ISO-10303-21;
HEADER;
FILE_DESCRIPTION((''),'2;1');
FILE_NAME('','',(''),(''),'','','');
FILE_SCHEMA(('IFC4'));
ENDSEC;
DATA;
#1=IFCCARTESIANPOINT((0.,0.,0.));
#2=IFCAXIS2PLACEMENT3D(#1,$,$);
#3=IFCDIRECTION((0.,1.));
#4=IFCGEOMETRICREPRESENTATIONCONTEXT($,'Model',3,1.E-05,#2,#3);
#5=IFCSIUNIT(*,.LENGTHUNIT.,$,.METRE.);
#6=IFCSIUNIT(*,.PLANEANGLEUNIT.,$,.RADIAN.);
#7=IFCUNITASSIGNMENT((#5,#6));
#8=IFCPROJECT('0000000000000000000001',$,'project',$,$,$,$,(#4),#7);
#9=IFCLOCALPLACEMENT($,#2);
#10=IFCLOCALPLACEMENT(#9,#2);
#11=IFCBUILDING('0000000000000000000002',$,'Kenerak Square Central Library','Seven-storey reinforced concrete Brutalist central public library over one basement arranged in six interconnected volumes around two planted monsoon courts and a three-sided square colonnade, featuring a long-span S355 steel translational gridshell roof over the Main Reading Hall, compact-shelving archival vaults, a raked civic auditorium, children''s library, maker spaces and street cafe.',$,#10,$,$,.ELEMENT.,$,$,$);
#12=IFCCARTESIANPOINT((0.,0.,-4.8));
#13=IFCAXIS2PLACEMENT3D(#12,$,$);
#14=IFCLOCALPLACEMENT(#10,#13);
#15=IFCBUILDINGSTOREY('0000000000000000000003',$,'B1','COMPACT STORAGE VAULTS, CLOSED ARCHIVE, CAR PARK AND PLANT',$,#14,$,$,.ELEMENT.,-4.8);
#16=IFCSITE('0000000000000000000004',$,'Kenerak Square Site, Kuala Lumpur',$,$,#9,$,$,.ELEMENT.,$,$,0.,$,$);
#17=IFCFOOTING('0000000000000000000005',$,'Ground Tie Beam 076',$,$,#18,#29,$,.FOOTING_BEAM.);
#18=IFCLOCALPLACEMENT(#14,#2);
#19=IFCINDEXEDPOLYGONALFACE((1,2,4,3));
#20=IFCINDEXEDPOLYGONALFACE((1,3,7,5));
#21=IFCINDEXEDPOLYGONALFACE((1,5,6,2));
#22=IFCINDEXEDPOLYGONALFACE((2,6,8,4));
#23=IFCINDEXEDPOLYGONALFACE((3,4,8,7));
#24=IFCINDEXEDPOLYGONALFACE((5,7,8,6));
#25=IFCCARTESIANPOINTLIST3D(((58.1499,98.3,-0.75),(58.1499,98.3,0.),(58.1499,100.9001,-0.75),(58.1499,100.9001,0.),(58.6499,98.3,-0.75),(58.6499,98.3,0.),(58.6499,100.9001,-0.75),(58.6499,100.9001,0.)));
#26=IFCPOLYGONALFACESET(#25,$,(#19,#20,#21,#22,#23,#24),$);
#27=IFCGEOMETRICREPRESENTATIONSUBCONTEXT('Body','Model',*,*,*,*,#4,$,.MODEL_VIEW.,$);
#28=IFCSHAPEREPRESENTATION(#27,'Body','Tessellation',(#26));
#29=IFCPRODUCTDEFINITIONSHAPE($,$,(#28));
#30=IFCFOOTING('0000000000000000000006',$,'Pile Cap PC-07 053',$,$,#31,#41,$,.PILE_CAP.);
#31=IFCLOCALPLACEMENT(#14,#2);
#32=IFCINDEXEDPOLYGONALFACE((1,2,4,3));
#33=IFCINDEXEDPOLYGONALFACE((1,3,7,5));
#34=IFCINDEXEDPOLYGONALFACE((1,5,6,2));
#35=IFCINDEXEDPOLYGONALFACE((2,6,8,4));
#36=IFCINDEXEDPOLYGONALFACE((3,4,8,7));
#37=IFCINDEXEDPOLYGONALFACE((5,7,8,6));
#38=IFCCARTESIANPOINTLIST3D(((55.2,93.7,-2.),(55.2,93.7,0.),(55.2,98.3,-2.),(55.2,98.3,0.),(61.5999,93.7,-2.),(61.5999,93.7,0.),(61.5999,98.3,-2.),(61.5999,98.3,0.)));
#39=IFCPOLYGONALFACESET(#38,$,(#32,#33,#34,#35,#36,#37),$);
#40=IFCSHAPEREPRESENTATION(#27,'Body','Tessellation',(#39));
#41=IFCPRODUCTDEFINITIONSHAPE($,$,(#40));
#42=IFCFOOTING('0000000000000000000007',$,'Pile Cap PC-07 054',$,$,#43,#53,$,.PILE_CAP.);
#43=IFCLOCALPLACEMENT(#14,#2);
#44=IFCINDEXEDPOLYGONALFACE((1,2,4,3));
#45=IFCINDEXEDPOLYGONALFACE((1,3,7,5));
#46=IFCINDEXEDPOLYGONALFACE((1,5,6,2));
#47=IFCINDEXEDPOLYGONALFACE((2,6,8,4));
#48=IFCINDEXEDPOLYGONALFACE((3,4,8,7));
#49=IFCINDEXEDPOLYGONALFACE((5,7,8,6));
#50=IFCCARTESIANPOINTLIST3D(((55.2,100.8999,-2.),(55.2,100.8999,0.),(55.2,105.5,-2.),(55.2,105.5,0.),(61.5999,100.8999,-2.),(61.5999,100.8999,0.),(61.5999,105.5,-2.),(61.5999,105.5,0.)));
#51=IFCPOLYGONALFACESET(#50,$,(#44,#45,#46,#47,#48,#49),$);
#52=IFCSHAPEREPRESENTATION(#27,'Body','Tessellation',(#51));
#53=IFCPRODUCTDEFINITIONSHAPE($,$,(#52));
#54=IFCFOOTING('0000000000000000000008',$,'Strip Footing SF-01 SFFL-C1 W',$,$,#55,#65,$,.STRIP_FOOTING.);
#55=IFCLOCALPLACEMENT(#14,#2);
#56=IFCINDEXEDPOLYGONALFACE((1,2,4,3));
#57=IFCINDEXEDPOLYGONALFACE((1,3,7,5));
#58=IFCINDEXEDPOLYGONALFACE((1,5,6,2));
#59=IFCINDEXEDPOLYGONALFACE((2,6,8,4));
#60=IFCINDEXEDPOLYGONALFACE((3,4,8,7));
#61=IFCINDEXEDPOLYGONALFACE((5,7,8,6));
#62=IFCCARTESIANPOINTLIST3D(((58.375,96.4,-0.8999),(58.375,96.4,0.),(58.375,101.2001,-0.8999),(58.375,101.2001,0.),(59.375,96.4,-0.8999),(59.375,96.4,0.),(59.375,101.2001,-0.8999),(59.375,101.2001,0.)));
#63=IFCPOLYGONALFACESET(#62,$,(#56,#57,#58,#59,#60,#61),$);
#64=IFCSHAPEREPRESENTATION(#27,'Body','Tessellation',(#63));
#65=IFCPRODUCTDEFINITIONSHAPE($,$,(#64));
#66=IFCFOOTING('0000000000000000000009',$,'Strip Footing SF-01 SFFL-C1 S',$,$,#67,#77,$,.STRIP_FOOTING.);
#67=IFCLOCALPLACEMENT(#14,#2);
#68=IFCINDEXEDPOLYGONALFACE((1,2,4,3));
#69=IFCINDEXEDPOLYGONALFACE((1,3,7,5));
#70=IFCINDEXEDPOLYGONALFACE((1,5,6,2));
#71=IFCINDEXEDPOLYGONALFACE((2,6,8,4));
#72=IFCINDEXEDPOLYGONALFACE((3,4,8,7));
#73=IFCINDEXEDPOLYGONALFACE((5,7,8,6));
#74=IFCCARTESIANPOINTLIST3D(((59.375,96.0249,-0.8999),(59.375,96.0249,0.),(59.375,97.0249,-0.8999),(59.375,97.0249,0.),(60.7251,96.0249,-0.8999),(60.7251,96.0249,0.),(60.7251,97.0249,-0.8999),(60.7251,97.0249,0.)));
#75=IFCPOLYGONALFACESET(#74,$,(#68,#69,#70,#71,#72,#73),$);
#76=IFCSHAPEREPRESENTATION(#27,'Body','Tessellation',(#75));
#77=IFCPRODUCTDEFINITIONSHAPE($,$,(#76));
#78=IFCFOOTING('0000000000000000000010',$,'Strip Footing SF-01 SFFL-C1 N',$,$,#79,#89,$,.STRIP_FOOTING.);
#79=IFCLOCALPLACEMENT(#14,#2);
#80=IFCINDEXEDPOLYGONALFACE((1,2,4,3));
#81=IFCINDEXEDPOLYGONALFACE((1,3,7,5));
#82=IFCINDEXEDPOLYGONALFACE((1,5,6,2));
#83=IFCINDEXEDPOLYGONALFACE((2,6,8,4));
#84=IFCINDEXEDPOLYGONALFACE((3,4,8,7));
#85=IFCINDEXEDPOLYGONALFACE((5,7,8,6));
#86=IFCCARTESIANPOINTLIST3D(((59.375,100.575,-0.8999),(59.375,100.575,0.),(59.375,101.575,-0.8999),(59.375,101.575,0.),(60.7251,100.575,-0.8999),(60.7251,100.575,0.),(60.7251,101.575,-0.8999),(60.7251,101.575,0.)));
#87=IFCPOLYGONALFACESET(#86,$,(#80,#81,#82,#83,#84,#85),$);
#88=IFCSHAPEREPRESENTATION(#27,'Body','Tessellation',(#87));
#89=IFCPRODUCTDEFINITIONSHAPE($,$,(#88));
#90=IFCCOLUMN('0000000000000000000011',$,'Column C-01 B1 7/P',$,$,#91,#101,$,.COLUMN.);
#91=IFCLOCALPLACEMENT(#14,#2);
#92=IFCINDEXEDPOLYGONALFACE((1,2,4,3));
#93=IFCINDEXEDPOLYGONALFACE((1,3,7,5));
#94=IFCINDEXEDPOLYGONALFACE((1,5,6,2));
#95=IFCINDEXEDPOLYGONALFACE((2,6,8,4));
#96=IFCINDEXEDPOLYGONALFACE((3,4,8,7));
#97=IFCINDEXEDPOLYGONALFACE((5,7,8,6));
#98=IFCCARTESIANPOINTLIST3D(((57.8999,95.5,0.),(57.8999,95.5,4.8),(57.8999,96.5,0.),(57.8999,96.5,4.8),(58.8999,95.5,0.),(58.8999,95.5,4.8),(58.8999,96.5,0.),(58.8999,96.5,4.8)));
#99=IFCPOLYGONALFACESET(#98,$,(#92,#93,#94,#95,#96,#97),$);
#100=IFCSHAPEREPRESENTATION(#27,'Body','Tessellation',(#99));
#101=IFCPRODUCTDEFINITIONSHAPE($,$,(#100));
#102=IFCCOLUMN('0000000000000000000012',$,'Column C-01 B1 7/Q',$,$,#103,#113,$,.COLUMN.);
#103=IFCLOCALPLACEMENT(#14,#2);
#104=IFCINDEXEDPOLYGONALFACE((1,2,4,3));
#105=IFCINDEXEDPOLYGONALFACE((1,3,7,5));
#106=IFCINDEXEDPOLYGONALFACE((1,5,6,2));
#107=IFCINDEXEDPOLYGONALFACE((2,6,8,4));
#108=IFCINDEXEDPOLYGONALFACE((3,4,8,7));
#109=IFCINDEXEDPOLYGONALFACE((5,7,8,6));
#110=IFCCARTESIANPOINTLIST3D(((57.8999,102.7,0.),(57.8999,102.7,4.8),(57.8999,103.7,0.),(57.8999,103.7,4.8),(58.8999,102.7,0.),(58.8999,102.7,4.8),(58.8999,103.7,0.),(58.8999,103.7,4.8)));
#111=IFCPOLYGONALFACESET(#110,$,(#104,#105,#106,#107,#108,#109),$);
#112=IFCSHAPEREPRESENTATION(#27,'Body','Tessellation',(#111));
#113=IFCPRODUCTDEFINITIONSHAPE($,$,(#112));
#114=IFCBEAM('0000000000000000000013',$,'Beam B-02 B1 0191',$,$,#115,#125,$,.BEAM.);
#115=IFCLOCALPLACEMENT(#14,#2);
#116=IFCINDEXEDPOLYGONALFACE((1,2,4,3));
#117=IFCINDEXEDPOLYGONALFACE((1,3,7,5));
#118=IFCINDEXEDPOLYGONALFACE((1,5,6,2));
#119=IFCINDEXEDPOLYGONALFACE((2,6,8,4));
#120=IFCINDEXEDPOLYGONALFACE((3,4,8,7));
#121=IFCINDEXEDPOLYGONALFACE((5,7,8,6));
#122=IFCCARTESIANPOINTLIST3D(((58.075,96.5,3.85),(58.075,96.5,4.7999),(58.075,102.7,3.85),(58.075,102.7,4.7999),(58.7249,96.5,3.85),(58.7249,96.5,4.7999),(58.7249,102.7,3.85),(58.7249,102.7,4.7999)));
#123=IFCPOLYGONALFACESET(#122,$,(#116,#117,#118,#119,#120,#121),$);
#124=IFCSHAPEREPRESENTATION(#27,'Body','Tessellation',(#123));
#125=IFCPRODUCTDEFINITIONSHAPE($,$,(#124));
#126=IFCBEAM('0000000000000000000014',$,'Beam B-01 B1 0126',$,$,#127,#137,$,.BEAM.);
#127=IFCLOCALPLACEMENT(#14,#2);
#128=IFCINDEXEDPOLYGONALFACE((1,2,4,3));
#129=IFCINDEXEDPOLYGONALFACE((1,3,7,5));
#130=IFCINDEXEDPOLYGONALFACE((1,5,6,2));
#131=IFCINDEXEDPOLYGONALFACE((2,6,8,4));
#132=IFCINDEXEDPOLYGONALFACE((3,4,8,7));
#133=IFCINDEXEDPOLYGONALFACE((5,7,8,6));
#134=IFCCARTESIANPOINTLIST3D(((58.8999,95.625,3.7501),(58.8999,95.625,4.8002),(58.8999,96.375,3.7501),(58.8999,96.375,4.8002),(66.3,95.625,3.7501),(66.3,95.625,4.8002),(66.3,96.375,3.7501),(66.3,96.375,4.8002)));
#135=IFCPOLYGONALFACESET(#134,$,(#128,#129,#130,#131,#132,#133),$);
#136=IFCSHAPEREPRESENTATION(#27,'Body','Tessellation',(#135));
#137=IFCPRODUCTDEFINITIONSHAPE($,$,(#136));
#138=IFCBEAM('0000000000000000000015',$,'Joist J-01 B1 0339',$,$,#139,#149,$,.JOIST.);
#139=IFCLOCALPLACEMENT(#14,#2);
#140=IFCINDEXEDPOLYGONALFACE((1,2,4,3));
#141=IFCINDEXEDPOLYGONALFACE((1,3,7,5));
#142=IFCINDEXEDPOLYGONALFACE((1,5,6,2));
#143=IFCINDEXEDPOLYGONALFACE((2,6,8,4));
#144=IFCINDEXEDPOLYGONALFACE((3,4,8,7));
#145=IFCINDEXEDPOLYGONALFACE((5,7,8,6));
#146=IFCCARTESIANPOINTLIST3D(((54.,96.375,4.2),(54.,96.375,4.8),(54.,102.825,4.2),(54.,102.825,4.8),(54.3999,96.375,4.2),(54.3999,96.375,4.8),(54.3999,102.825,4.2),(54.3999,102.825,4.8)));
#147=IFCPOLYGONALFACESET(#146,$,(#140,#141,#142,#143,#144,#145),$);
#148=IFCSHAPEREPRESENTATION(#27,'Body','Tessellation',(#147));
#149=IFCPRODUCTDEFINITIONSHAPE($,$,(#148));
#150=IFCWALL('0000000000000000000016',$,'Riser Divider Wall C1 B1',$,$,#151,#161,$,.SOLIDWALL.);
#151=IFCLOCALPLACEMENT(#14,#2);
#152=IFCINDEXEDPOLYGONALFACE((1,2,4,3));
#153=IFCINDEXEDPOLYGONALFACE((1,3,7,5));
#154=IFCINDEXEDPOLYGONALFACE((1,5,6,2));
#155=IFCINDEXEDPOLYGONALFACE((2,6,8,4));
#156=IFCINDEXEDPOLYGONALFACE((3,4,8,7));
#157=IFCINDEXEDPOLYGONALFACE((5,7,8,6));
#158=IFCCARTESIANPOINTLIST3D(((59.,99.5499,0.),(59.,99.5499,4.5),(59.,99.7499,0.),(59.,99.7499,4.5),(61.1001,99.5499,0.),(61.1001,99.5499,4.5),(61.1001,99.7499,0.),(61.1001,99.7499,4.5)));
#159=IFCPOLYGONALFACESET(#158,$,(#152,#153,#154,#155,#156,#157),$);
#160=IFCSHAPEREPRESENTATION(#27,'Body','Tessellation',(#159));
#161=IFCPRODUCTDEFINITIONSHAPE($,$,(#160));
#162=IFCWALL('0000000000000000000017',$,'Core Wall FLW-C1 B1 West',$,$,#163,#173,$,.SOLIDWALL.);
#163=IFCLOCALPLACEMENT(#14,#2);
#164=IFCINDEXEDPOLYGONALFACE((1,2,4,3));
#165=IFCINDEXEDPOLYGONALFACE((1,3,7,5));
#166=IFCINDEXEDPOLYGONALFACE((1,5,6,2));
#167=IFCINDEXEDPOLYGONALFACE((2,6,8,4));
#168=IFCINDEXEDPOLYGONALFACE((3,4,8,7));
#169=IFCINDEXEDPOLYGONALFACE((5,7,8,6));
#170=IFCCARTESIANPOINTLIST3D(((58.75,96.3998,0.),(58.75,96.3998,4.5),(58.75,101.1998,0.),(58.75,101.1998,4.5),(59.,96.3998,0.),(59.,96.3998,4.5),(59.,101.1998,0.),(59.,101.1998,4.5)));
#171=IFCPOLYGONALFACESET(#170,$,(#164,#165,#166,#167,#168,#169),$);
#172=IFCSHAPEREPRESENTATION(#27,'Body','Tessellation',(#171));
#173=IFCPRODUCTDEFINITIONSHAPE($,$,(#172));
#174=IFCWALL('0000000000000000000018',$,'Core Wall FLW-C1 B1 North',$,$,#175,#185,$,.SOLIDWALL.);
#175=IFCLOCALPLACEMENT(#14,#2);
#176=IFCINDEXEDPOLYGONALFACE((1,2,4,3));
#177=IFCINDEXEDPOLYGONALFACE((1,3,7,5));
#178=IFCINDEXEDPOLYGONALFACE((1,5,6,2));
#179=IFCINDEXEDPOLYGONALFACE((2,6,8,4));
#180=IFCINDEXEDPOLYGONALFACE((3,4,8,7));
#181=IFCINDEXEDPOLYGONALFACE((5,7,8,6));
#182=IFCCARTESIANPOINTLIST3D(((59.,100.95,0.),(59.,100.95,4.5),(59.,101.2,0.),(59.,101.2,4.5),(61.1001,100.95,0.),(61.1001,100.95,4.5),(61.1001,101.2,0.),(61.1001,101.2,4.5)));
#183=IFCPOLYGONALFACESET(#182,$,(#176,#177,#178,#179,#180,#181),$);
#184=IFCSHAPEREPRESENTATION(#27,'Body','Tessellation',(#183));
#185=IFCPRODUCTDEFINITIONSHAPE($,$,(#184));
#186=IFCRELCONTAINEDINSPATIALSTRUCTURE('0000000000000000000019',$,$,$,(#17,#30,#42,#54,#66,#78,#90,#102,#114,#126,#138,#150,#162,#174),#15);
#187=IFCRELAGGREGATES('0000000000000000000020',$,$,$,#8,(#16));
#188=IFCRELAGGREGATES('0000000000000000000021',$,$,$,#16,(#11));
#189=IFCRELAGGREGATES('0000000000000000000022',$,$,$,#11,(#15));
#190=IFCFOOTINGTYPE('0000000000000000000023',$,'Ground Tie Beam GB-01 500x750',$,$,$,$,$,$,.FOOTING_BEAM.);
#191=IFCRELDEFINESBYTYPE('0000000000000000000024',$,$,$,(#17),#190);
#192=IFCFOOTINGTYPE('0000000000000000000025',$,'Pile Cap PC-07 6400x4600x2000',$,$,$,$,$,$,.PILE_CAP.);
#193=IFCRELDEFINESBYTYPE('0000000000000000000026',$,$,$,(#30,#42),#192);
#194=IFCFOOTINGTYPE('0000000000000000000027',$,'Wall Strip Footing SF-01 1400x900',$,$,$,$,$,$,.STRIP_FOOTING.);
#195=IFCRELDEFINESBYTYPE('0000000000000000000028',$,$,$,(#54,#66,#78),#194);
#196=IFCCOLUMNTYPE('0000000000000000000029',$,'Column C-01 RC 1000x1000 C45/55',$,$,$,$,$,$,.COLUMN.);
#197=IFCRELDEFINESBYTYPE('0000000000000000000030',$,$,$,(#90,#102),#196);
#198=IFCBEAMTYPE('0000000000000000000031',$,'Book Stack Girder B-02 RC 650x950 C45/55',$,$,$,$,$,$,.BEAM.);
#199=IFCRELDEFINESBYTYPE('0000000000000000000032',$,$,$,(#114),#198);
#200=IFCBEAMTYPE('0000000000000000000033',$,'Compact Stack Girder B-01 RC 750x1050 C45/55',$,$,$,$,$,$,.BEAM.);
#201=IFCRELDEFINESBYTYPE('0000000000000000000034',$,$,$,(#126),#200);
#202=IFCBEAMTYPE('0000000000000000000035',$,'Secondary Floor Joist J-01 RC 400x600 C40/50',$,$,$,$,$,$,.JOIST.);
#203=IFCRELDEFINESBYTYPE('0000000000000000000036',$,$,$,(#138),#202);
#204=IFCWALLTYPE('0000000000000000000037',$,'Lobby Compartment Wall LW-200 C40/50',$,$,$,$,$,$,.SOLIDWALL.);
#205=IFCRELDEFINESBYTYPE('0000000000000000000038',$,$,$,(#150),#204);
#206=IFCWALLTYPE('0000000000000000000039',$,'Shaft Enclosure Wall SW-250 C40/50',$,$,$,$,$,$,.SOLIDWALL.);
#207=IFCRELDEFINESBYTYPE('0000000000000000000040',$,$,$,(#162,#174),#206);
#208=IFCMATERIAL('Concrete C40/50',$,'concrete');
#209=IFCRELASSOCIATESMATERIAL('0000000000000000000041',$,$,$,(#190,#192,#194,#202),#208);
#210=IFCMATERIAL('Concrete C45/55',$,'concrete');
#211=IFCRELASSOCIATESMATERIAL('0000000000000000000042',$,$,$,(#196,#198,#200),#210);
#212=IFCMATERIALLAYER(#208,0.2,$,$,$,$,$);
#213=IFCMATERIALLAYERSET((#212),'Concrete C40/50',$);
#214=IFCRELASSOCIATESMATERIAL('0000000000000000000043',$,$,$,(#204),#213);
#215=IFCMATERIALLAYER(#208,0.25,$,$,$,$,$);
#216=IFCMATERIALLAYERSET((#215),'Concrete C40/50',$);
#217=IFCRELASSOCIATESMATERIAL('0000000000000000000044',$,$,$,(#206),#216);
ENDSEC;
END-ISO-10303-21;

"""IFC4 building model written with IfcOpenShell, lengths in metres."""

from ifc_helpers import new_model, si_unit, direction, frame, frame_2d, origin, origin_2d, place, context, subcontext, project, spatial, rectangle, extrude, material, layer, layer_set, material_profile, profile_set, type_object, element, save


model = new_model("IFC4")

# Units and contexts
model_context = context("Model", 3, precision=1e-05, world=origin(), true_north=direction((0.0, 1.0)))
body_context = subcontext(model_context, "Body", "Model", "MODEL_VIEW")
ifc_project = project(units=[si_unit("LENGTHUNIT", "METRE"), si_unit("PLANEANGLEUNIT", "RADIAN")], contexts=[model_context])

# Site, building, storey
site_placement = place(None, origin())
site = spatial("IfcSite", under=ifc_project, at=site_placement, Name="Kenerak Square Site, Kuala Lumpur", CompositionType="ELEMENT", RefElevation=0.0)
building_placement = place(site_placement, origin())
building = spatial("IfcBuilding", under=site, at=building_placement, Name="Kenerak Square Central Library", Description="Seven-storey reinforced concrete Brutalist central public library over one basement arranged in six interconnected volumes around two planted monsoon courts and a three-sided square colonnade, featuring a long-span S355 steel translational gridshell roof over the Main Reading Hall, compact-shelving archival vaults, a raked civic auditorium, children's library, maker spaces and street cafe.", CompositionType="ELEMENT")
storey_placement = place(building_placement, frame((0.0, 0.0, -4.8)))
storey = spatial("IfcBuildingStorey", under=building, at=storey_placement, Name="B1", Description="COMPACT STORAGE VAULTS, CLOSED ARCHIVE, CAR PARK AND PLANT", CompositionType="ELEMENT", Elevation=-4.8)

# Shared definitions
ifc_material_1 = material(Name="Concrete C40/50", Category="concrete")

# Footings
footing_type_1 = type_object("IfcFootingType", Name="Ground Tie Beam GB-01 500x750", PredefinedType="FOOTING_BEAM", material=ifc_material_1)
footing_1_placement = place(storey_placement, frame((58.3999, 99.6001, -0.75), z_axis=(0.0, 0.0, 1.0), x_axis=(1.0, 0.0, 0.0)))
element("IfcFooting", 1, at=footing_1_placement, inside=storey, type_object=footing_type_1, Name="Ground Tie Beam 076", PredefinedType="FOOTING_BEAM", context=body_context, shape_type="SweptSolid", body=[
    extrude(rectangle(XDim=0.5, YDim=2.6001, at=origin_2d()), origin(), (0.0, 0.0, 1.0), 0.75),
])
footing_type_2 = type_object("IfcFootingType", Name="Pile Cap PC-07 6400x4600x2000", PredefinedType="PILE_CAP", material=ifc_material_1)
for number, where, z_axis, x_axis, name in (
    (2, (58.3999, 96.0, -2.0), (0.0, 0.0, 1.0), (1.0, 0.0, 0.0), "Pile Cap PC-07 053"),
    (3, (58.3999, 103.2, -2.0), (0.0, 0.0, 1.0), (1.0, 0.0, 0.0), "Pile Cap PC-07 054"),
):
    element("IfcFooting", number, at=place(storey_placement, frame(where, z_axis=z_axis, x_axis=x_axis)), inside=storey, type_object=footing_type_2, Name=name, PredefinedType="PILE_CAP", context=body_context, shape_type="SweptSolid", body=[
        extrude(rectangle(XDim=6.3999, YDim=4.6001, at=origin_2d()), origin(), (0.0, 0.0, 1.0), 2.0),
    ])
footing_type_3 = type_object("IfcFootingType", Name="Wall Strip Footing SF-01 1400x900", PredefinedType="STRIP_FOOTING", material=ifc_material_1)
footing_2_placement = place(storey_placement, frame((58.875, 98.8, -0.8999), z_axis=(0.0, 0.0, 1.0), x_axis=(1.0, 0.0, 0.0)))
element("IfcFooting", 4, at=footing_2_placement, inside=storey, type_object=footing_type_3, Name="Strip Footing SF-01 SFFL-C1 W", PredefinedType="STRIP_FOOTING", context=body_context, shape_type="SweptSolid", body=[
    extrude(rectangle(XDim=1.0, YDim=4.8, at=origin_2d()), origin(), (0.0, 0.0, 1.0), 0.8999),
])
for number, where, z_axis, x_axis, name in (
    (5, (60.05, 96.5249, -0.8999), (0.0, 0.0, 1.0), (1.0, 0.0, 0.0), "Strip Footing SF-01 SFFL-C1 S"),
    (6, (60.05, 101.075, -0.8999), (0.0, 0.0, 1.0), (1.0, 0.0, 0.0), "Strip Footing SF-01 SFFL-C1 N"),
):
    element("IfcFooting", number, at=place(storey_placement, frame(where, z_axis=z_axis, x_axis=x_axis)), inside=storey, type_object=footing_type_3, Name=name, PredefinedType="STRIP_FOOTING", context=body_context, shape_type="SweptSolid", body=[
        extrude(rectangle(XDim=1.3501, YDim=1.0, at=origin_2d()), origin(), (0.0, 0.0, 1.0), 0.8999),
    ])

# Columns
ifc_material_2 = material(Name="Concrete C45/55", Category="concrete")
ifc_material_profile_1 = material_profile(ifc_material_2, rectangle(XDim=1.0, YDim=1.0, at=origin_2d()), Name="RC 1000x1000")
ifc_profile_set_1 = profile_set([ifc_material_profile_1], Name="Concrete C45/55")
column_type = type_object("IfcColumnType", Name="Column C-01 RC 1000x1000 C45/55", PredefinedType="COLUMN", material=ifc_profile_set_1)
for number, where, z_axis, x_axis, name in (
    (7, (58.3999, 96.0, 0.0), (0.0, 0.0, 1.0), (1.0, 0.0, 0.0), "Column C-01 B1 7/P"),
    (8, (58.3999, 103.2, 0.0), (0.0, 0.0, 1.0), (1.0, 0.0, 0.0), "Column C-01 B1 7/Q"),
):
    element("IfcColumn", number, at=place(storey_placement, frame(where, z_axis=z_axis, x_axis=x_axis)), inside=storey, type_object=column_type, Name=name, PredefinedType="COLUMN", context=body_context, shape_type="SweptSolid", body=[
        extrude(rectangle(XDim=1.0, YDim=1.0, at=origin_2d()), origin(), (0.0, 0.0, 1.0), 4.8),
    ])

# Beams
ifc_material_profile_2 = material_profile(ifc_material_2, rectangle(XDim=0.6499, YDim=0.95, at=origin_2d()), Name="RC 650x950")
ifc_profile_set_2 = profile_set([ifc_material_profile_2], Name="Concrete C45/55")
beam_type_1 = type_object("IfcBeamType", Name="Book Stack Girder B-02 RC 650x950 C45/55", PredefinedType="BEAM", material=ifc_profile_set_2)
beam_1_placement = place(storey_placement, frame((58.3999, 96.5, 4.325), z_axis=(0.0, 1.0, 0.0), x_axis=(-1.0, 0.0, 0.0)))
element("IfcBeam", 9, at=beam_1_placement, inside=storey, type_object=beam_type_1, Name="Beam B-02 B1 0191", PredefinedType="BEAM", context=body_context, shape_type="SweptSolid", body=[
    extrude(rectangle(XDim=0.6499, YDim=0.95, at=origin_2d()), origin(), (0.0, 0.0, 1.0), 6.2),
])
ifc_material_profile_3 = material_profile(ifc_material_2, rectangle(XDim=0.75, YDim=1.05, at=origin_2d()), Name="RC 750x1050")
ifc_profile_set_3 = profile_set([ifc_material_profile_3], Name="Concrete C45/55")
beam_type_2 = type_object("IfcBeamType", Name="Compact Stack Girder B-01 RC 750x1050 C45/55", PredefinedType="BEAM", material=ifc_profile_set_3)
beam_2_placement = place(storey_placement, frame((58.8999, 96.0, 4.2751), z_axis=(1.0, 0.0, 0.0), x_axis=(0.0, 1.0, 0.0)))
element("IfcBeam", 10, at=beam_2_placement, inside=storey, type_object=beam_type_2, Name="Beam B-01 B1 0126", PredefinedType="BEAM", context=body_context, shape_type="SweptSolid", body=[
    extrude(rectangle(XDim=0.75, YDim=1.05, at=origin_2d()), origin(), (0.0, 0.0, 1.0), 7.4001),
])
ifc_material_profile_4 = material_profile(ifc_material_1, rectangle(XDim=0.3999, YDim=0.6001, at=origin_2d()), Name="RC 400x600")
ifc_profile_set_4 = profile_set([ifc_material_profile_4], Name="Concrete C40/50")
beam_type_3 = type_object("IfcBeamType", Name="Secondary Floor Joist J-01 RC 400x600 C40/50", PredefinedType="JOIST", material=ifc_profile_set_4)
beam_3_placement = place(storey_placement, frame((54.2, 96.375, 4.5), z_axis=(0.0, 1.0, 0.0), x_axis=(-1.0, 0.0, 0.0)))
element("IfcBeam", 11, at=beam_3_placement, inside=storey, type_object=beam_type_3, Name="Joist J-01 B1 0339", PredefinedType="JOIST", context=body_context, shape_type="SweptSolid", body=[
    extrude(rectangle(XDim=0.3999, YDim=0.6001, at=origin_2d()), origin(), (0.0, 0.0, 1.0), 6.45),
])

# Walls
ifc_layer_1 = layer(ifc_material_1, 0.2)
ifc_layer_set_1 = layer_set([ifc_layer_1], Name="Concrete C40/50")
wall_type_1 = type_object("IfcWallType", Name="Lobby Compartment Wall LW-200 C40/50", PredefinedType="SOLIDWALL", material=ifc_layer_set_1)
wall_1_placement = place(storey_placement, frame((59.0, 99.6499, 0.0), z_axis=(0.0, 0.0, 1.0), x_axis=(1.0, 0.0, 0.0)))
element("IfcWall", 12, at=wall_1_placement, inside=storey, type_object=wall_type_1, Name="Riser Divider Wall C1 B1", PredefinedType="SOLIDWALL", context=body_context, shape_type="SweptSolid", body=[
    extrude(rectangle(XDim=2.1001, YDim=0.2, at=frame_2d((1.05, 0.0))), origin(), (0.0, 0.0, 1.0), 4.5),
])
ifc_layer_2 = layer(ifc_material_1, 0.25)
ifc_layer_set_2 = layer_set([ifc_layer_2], Name="Concrete C40/50")
wall_type_2 = type_object("IfcWallType", Name="Shaft Enclosure Wall SW-250 C40/50", PredefinedType="SOLIDWALL", material=ifc_layer_set_2)
wall_2_placement = place(storey_placement, frame((58.875, 96.3999, 0.0), z_axis=(0.0, 0.0, 1.0), x_axis=(0.0, 1.0, 0.0)))
element("IfcWall", 13, at=wall_2_placement, inside=storey, type_object=wall_type_2, Name="Core Wall FLW-C1 B1 West", PredefinedType="SOLIDWALL", context=body_context, shape_type="SweptSolid", body=[
    extrude(rectangle(XDim=4.8, YDim=0.25, at=frame_2d((2.3999, 0.0))), origin(), (0.0, 0.0, 1.0), 4.5),
])
wall_3_placement = place(storey_placement, frame((59.0, 101.075, 0.0), z_axis=(0.0, 0.0, 1.0), x_axis=(1.0, 0.0, 0.0)))
element("IfcWall", 14, at=wall_3_placement, inside=storey, type_object=wall_type_2, Name="Core Wall FLW-C1 B1 North", PredefinedType="SOLIDWALL", context=body_context, shape_type="SweptSolid", body=[
    extrude(rectangle(XDim=2.1001, YDim=0.25, at=frame_2d((1.05, 0.0))), origin(), (0.0, 0.0, 1.0), 4.5),
])

save(model, "model.ifc")
